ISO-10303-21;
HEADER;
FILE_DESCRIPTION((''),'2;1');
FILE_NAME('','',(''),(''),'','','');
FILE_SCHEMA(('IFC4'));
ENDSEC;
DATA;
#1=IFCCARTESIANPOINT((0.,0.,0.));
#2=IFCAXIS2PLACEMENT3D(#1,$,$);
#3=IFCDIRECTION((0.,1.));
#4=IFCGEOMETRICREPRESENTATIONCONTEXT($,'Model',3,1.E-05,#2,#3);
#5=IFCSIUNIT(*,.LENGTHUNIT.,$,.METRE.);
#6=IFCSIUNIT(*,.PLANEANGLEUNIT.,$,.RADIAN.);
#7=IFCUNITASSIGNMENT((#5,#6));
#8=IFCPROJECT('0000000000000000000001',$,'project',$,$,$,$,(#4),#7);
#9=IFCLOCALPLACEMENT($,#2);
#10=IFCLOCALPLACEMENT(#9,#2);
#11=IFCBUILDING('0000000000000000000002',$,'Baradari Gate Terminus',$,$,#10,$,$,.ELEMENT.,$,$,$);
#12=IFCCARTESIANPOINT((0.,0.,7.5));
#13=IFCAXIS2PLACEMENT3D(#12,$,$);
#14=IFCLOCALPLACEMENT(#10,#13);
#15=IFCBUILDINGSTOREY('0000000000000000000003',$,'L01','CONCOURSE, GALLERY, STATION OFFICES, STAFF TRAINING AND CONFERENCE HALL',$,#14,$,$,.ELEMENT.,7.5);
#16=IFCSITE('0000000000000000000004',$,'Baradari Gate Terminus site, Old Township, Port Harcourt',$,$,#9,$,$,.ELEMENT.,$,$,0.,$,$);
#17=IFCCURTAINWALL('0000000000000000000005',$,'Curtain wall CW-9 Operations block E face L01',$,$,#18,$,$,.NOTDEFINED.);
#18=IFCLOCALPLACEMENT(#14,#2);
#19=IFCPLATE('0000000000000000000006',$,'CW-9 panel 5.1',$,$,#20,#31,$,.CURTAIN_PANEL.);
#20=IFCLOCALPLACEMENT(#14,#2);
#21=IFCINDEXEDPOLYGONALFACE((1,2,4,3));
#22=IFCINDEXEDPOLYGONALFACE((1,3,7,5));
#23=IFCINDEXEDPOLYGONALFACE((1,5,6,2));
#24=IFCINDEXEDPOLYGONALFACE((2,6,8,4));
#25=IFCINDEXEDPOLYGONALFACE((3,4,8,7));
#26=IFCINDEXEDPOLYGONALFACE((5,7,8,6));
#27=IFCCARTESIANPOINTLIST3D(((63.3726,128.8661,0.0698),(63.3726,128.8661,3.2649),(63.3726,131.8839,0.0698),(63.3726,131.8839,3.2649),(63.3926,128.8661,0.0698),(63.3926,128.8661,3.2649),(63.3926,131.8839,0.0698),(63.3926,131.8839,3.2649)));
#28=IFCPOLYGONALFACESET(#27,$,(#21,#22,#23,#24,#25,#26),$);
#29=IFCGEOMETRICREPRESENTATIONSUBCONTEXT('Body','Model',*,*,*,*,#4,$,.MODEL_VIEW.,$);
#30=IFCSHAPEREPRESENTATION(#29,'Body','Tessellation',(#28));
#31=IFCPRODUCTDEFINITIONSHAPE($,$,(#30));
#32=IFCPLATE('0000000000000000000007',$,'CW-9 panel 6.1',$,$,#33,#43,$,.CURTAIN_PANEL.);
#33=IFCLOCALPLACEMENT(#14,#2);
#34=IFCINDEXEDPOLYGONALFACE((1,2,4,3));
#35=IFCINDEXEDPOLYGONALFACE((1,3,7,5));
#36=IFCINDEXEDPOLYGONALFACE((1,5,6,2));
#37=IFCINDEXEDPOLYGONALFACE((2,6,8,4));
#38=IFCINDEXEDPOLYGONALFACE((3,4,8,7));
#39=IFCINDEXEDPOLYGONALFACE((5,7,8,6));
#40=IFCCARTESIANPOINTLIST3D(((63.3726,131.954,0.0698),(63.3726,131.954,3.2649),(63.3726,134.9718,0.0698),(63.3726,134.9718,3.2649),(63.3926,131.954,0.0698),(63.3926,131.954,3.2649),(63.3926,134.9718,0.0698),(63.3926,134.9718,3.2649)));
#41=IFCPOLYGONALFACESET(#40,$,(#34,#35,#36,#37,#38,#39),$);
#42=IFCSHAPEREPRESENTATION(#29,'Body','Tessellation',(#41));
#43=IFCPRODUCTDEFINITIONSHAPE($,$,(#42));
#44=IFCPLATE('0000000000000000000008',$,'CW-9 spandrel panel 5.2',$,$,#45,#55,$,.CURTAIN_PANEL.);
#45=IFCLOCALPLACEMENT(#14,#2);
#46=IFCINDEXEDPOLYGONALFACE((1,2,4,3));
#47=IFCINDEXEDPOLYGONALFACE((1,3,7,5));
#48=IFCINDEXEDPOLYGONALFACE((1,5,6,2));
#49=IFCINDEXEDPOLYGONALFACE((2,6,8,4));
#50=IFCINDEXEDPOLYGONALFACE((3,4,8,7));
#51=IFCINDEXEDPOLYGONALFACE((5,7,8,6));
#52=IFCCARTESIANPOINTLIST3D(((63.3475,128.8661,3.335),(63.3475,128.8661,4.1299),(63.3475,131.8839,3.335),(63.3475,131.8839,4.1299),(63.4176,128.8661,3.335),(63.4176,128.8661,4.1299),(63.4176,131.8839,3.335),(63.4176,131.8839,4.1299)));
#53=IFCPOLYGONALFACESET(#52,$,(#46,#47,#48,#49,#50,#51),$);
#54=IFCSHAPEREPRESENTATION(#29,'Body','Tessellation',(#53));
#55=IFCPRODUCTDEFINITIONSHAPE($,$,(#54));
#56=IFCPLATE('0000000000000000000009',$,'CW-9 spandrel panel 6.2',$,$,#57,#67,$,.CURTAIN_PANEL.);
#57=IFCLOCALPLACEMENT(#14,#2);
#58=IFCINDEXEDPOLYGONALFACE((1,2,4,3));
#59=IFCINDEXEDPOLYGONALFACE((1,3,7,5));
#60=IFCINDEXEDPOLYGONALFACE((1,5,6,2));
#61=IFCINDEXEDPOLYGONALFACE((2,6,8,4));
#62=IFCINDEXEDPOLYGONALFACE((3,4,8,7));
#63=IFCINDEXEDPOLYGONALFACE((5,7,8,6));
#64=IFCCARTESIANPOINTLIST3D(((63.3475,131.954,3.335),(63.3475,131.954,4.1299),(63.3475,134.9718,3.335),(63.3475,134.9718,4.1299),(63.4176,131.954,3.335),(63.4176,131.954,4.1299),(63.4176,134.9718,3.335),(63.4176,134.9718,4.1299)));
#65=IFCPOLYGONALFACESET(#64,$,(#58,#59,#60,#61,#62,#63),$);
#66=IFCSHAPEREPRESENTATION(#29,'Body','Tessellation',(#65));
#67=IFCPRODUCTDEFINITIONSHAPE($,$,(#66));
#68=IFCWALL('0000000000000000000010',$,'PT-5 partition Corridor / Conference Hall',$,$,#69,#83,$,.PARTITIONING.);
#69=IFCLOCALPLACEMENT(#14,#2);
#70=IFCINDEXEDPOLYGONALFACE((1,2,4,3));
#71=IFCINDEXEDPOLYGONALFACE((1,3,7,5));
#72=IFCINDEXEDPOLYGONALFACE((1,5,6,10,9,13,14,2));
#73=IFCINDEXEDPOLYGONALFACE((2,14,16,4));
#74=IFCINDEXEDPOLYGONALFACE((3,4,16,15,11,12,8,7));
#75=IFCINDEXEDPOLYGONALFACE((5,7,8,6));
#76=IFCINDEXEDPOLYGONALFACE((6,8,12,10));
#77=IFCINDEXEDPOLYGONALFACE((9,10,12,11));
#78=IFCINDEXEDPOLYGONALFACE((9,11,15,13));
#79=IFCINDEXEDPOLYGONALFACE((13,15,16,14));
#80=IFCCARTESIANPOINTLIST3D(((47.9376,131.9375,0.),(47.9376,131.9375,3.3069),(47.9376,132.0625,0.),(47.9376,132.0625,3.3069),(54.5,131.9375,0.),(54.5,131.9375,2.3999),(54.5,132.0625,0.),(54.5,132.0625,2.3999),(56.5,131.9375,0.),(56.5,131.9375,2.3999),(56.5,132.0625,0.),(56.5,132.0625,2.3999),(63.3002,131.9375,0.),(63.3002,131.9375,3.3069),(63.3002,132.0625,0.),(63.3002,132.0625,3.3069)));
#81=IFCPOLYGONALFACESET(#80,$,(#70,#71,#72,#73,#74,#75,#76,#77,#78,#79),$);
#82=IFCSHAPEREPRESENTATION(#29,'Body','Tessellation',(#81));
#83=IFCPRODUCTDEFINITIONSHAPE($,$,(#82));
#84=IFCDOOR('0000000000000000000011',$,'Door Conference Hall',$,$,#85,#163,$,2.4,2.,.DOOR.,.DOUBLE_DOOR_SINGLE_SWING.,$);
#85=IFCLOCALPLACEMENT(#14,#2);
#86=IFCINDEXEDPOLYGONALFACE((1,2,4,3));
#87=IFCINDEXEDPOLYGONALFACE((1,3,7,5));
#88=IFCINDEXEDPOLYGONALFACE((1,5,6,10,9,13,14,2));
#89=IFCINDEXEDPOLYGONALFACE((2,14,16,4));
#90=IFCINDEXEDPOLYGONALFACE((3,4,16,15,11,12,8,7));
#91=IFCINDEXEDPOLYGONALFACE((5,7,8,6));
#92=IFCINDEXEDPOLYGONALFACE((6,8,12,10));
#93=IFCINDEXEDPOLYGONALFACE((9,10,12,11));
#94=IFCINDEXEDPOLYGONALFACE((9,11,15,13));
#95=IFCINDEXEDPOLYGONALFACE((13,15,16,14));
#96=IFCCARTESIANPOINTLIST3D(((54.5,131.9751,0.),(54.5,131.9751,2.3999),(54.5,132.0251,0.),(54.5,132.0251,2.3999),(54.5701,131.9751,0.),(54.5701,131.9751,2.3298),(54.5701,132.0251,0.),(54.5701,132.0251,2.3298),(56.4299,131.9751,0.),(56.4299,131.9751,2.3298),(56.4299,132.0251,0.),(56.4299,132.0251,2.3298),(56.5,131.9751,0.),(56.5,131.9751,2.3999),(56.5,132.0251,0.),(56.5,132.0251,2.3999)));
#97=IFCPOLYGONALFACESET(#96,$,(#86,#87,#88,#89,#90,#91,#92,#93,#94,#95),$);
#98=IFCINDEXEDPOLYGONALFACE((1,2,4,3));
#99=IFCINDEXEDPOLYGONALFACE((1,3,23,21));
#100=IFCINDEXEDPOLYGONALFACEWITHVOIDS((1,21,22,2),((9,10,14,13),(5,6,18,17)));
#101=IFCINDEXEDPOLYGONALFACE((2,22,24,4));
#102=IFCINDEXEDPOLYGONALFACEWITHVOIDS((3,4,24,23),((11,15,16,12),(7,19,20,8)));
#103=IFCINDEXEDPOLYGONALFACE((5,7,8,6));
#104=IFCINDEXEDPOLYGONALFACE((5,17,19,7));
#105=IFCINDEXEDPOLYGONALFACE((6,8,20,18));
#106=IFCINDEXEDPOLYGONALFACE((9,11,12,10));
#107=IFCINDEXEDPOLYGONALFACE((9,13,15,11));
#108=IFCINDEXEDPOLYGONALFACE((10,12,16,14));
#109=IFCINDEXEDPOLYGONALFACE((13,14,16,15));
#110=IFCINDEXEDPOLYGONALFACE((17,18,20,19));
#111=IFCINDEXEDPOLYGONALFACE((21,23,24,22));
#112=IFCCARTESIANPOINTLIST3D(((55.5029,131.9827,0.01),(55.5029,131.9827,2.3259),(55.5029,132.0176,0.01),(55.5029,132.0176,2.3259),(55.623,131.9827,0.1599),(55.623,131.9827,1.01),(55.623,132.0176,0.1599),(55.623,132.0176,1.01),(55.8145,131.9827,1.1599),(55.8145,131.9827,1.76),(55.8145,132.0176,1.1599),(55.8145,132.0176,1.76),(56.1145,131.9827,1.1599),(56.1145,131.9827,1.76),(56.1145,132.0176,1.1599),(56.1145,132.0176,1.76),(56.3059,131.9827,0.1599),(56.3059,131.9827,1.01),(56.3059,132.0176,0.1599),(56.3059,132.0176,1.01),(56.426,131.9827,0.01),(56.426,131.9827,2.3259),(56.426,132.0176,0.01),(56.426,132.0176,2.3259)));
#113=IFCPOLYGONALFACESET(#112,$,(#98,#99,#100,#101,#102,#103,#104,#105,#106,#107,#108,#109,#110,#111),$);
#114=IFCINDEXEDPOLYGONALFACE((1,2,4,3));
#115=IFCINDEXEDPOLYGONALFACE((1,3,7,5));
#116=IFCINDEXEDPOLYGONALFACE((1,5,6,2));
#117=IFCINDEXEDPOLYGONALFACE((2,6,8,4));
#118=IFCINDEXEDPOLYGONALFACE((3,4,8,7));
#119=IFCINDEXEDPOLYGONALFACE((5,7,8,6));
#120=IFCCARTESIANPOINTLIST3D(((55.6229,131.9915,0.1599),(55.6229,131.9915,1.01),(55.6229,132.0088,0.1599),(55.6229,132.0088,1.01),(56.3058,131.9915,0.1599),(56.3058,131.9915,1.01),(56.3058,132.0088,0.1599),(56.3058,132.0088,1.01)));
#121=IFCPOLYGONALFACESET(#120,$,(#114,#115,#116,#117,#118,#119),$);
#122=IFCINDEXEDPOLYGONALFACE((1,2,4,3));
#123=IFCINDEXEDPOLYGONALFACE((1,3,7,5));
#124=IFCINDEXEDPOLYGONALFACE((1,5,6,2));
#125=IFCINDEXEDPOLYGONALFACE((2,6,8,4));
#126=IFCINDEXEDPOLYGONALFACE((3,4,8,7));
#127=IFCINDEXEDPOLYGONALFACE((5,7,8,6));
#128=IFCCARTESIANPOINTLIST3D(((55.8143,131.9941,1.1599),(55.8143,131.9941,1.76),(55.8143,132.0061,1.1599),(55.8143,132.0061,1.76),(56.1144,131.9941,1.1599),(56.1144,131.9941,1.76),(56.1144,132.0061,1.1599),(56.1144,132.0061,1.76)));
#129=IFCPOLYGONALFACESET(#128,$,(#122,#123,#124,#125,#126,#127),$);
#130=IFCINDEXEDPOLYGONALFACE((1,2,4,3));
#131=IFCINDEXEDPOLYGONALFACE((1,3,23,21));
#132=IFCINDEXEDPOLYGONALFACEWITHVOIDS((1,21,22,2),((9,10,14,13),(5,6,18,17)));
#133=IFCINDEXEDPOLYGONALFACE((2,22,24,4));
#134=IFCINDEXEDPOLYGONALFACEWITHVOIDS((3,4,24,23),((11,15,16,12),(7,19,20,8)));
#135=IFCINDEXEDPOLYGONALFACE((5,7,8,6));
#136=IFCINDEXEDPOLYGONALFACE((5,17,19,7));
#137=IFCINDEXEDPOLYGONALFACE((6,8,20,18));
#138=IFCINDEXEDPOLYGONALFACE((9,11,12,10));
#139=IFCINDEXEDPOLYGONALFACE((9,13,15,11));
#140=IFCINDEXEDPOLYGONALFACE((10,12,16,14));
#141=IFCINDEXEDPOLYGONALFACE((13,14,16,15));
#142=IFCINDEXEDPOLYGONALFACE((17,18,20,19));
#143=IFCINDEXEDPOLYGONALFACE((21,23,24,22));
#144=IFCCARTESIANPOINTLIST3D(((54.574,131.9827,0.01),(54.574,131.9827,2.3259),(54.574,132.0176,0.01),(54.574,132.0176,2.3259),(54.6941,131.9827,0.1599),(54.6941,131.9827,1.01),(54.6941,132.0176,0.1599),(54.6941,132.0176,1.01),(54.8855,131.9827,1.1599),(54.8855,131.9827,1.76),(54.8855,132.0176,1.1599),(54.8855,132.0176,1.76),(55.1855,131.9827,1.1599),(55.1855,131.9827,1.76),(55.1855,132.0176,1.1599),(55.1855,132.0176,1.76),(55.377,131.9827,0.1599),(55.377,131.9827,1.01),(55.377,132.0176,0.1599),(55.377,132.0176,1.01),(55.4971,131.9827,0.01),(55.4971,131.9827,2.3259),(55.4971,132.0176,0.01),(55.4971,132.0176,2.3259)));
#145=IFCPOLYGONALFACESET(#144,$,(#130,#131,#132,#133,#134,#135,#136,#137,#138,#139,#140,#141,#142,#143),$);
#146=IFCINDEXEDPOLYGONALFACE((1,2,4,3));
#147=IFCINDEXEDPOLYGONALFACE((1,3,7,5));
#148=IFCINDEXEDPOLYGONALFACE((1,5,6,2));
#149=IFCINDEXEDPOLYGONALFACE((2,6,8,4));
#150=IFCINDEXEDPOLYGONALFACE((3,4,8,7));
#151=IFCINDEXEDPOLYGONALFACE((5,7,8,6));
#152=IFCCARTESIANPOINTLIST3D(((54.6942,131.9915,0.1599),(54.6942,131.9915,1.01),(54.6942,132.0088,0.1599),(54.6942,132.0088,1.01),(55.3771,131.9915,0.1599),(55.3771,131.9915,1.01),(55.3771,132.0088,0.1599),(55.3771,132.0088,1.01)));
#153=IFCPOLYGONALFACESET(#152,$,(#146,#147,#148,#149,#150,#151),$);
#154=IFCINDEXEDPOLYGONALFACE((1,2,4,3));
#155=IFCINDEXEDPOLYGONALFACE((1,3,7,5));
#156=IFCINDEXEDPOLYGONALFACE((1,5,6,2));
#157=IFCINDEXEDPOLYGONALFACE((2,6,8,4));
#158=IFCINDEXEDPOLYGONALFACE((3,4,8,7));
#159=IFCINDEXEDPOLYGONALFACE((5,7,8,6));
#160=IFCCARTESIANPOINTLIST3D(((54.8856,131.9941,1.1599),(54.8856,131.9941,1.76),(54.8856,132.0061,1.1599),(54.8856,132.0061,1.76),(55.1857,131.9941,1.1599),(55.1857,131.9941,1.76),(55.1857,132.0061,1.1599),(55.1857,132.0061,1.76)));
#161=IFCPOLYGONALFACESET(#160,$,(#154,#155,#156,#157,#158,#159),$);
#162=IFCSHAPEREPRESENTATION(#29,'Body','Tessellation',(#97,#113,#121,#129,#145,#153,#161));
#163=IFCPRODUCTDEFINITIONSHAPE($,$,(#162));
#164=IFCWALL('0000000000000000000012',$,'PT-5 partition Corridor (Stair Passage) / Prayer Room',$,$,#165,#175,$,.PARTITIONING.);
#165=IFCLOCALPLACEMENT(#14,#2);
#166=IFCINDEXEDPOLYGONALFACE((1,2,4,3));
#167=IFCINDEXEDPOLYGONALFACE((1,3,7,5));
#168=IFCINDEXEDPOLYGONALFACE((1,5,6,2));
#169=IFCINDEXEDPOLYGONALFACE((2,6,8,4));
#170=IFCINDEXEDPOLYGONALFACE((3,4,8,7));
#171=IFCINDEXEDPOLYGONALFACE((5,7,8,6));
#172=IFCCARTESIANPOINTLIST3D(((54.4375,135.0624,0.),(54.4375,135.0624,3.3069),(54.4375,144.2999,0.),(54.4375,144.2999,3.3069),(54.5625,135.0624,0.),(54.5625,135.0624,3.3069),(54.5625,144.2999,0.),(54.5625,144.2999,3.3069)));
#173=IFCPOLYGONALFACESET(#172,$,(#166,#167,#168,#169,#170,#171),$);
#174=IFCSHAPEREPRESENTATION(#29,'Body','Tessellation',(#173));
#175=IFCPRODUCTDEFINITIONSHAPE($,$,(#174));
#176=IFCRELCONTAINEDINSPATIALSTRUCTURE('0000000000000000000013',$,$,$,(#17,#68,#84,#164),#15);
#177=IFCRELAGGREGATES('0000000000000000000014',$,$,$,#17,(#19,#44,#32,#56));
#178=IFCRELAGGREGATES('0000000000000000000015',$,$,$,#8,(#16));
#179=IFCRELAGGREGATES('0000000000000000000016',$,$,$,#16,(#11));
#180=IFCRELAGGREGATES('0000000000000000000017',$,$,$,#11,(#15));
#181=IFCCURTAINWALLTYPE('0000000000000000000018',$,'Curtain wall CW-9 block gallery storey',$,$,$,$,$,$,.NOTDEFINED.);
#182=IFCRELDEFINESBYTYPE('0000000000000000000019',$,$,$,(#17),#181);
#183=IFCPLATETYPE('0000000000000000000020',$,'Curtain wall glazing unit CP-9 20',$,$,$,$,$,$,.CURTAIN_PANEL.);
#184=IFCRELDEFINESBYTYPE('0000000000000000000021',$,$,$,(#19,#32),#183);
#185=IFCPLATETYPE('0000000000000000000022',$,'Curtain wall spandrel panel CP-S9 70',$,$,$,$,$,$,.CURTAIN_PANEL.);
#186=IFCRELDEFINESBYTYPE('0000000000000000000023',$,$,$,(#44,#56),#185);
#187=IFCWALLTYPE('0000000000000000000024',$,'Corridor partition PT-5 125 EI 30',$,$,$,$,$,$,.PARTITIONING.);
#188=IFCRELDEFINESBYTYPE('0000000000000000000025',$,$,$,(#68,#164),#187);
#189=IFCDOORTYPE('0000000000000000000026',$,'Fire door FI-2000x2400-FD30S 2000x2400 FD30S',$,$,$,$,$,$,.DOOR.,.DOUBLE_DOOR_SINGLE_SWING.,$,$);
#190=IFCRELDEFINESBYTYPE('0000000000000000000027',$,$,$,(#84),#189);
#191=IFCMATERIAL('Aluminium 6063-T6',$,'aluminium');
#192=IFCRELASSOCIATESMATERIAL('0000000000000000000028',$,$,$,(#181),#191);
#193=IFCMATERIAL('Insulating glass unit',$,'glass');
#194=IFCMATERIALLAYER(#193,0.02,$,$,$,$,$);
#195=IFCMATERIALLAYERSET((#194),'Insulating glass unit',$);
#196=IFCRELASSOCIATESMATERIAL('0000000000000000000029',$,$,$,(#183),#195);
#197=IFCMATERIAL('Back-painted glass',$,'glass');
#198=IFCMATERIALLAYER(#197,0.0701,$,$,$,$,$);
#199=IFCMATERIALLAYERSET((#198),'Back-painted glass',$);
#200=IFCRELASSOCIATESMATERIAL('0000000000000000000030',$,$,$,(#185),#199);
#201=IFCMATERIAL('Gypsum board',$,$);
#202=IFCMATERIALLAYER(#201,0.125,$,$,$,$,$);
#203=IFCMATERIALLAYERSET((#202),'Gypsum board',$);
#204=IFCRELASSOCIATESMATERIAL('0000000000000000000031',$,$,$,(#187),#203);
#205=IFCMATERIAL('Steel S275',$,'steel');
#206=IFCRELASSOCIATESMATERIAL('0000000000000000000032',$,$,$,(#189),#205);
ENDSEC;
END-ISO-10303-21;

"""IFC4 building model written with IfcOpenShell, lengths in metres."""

from ifc_helpers import new_model, si_unit, direction, frame, frame_2d, origin, origin_2d, place, context, subcontext, project, spatial, polyline, rectangle, outline, extrude, material, layer, layer_set, type_object, element, fill, aggregate, save


model = new_model("IFC4")

# Units and contexts
model_context = context("Model", 3, precision=1e-05, world=origin(), true_north=direction((0.0, 1.0)))
body_context = subcontext(model_context, "Body", "Model", "MODEL_VIEW")
ifc_project = project(units=[si_unit("LENGTHUNIT", "METRE"), si_unit("PLANEANGLEUNIT", "RADIAN")], contexts=[model_context])

# Site, building, storey
site_placement = place(None, origin())
site = spatial("IfcSite", under=ifc_project, at=site_placement, Name="Baradari Gate Terminus site, Old Township, Port Harcourt", CompositionType="ELEMENT", RefElevation=0.0)
building_placement = place(site_placement, origin())
building = spatial("IfcBuilding", under=site, at=building_placement, Name="Baradari Gate Terminus", CompositionType="ELEMENT")
storey_placement = place(building_placement, frame((0.0, 0.0, 7.5)))
storey = spatial("IfcBuildingStorey", under=building, at=storey_placement, Name="L01", Description="CONCOURSE, GALLERY, STATION OFFICES, STAFF TRAINING AND CONFERENCE HALL", CompositionType="ELEMENT", Elevation=7.5)

# Curtain wall, plates
ifc_material_1 = material(Name="Aluminium 6063-T6", Category="aluminium")
curtain_wall_type = type_object("IfcCurtainWallType", Name="Curtain wall CW-9 block gallery storey", PredefinedType="NOTDEFINED", material=ifc_material_1)
curtain_wall_placement = place(storey_placement, origin())
curtain_wall = element("IfcCurtainWall", 1, at=curtain_wall_placement, inside=storey, type_object=curtain_wall_type, Name="Curtain wall CW-9 Operations block E face L01", PredefinedType="NOTDEFINED")
ifc_material_2 = material(Name="Insulating glass unit", Category="glass")
ifc_layer_1 = layer(ifc_material_2, 0.02)
ifc_layer_set_1 = layer_set([ifc_layer_1], Name="Insulating glass unit")
plate_type_1 = type_object("IfcPlateType", Name="Curtain wall glazing unit CP-9 20", PredefinedType="CURTAIN_PANEL", material=ifc_layer_set_1)
plate_1_placement = place(storey_placement, frame((63.3826, 130.375, 0.0698), z_axis=(0.0, 0.0, 1.0), x_axis=(0.0, 1.0, 0.0)))
plate_1 = element("IfcPlate", 2, at=plate_1_placement, type_object=plate_type_1, Name="CW-9 panel 5.1", PredefinedType="CURTAIN_PANEL", context=body_context, shape_type="SweptSolid", body=[
    extrude(rectangle(XDim=3.0178, YDim=0.02, at=origin_2d()), origin(), (0.0, 0.0, 1.0), 3.1951),
])
plate_2_placement = place(storey_placement, frame((63.3826, 133.4629, 0.0698), z_axis=(0.0, 0.0, 1.0), x_axis=(0.0, 1.0, 0.0)))
plate_2 = element("IfcPlate", 3, at=plate_2_placement, type_object=plate_type_1, Name="CW-9 panel 6.1", PredefinedType="CURTAIN_PANEL", context=body_context, shape_type="SweptSolid", body=[
    extrude(rectangle(XDim=3.0178, YDim=0.02, at=origin_2d()), origin(), (0.0, 0.0, 1.0), 3.1951),
])
ifc_material_3 = material(Name="Back-painted glass", Category="glass")
ifc_layer_2 = layer(ifc_material_3, 0.0701)
ifc_layer_set_2 = layer_set([ifc_layer_2], Name="Back-painted glass")
plate_type_2 = type_object("IfcPlateType", Name="Curtain wall spandrel panel CP-S9 70", PredefinedType="CURTAIN_PANEL", material=ifc_layer_set_2)
plate_3_placement = place(storey_placement, frame((63.3826, 130.375, 3.335), z_axis=(0.0, 0.0, 1.0), x_axis=(0.0, 1.0, 0.0)))
plate_3 = element("IfcPlate", 4, at=plate_3_placement, type_object=plate_type_2, Name="CW-9 spandrel panel 5.2", PredefinedType="CURTAIN_PANEL", context=body_context, shape_type="SweptSolid", body=[
    extrude(rectangle(XDim=3.0178, YDim=0.0701, at=origin_2d()), origin(), (0.0, 0.0, 1.0), 0.7949),
])
plate_4_placement = place(storey_placement, frame((63.3826, 133.4629, 3.335), z_axis=(0.0, 0.0, 1.0), x_axis=(0.0, 1.0, 0.0)))
plate_4 = element("IfcPlate", 5, at=plate_4_placement, type_object=plate_type_2, Name="CW-9 spandrel panel 6.2", PredefinedType="CURTAIN_PANEL", context=body_context, shape_type="SweptSolid", body=[
    extrude(rectangle(XDim=3.0178, YDim=0.0701, at=origin_2d()), origin(), (0.0, 0.0, 1.0), 0.7949),
])
aggregate(curtain_wall, [plate_1, plate_3, plate_2, plate_4])

# Wall, opening, door
ifc_material_4 = material(Name="Gypsum board")
ifc_layer_3 = layer(ifc_material_4, 0.125)
ifc_layer_set_3 = layer_set([ifc_layer_3], Name="Gypsum board")
wall_type = type_object("IfcWallType", Name="Corridor partition PT-5 125 EI 30", PredefinedType="PARTITIONING", material=ifc_layer_set_3)
wall_1_placement = place(storey_placement, frame((63.3, 132.0, 0.0), z_axis=(0.0, 0.0, 1.0), x_axis=(-1.0, 0.0, 0.0)))
wall_1 = element("IfcWall", 6, at=wall_1_placement, inside=storey, type_object=wall_type, Name="PT-5 partition Corridor / Conference Hall", PredefinedType="PARTITIONING", context=body_context, shape_type="SweptSolid", body=[
    extrude(rectangle(XDim=15.3625, YDim=0.125, at=frame_2d((7.6812, 0.0))), origin(), (0.0, 0.0, 1.0), 3.3069),
])
opening_placement = place(wall_1_placement, frame((6.8, 0.0, 0.0)))
opening = element("IfcOpeningElement", 7, at=opening_placement, cuts=wall_1, PredefinedType="OPENING", context=body_context, shape_type="SweptSolid", body=[
    extrude(rectangle(XDim=2.0, YDim=2.3999, at=frame_2d((1.0, 1.2))), frame((0.0, 0.0725, 0.0), z_axis=(0.0, -1.0, 0.0), x_axis=(1.0, 0.0, 0.0)), (0.0, 0.0, 1.0), 0.145),
])
ifc_material_5 = material(Name="Steel S275", Category="steel")
door_type = type_object("IfcDoorType", Name="Fire door FI-2000x2400-FD30S 2000x2400 FD30S", OperationType="DOUBLE_DOOR_SINGLE_SWING", PredefinedType="DOOR", material=ifc_material_5)
door_placement = place(opening_placement, origin())
door = element("IfcDoor", 8, at=door_placement, inside=storey, type_object=door_type, Name="Door Conference Hall", OperationType="DOUBLE_DOOR_SINGLE_SWING", OverallHeight=2.4, OverallWidth=2.0, PredefinedType="DOOR", context=body_context, shape_type="SweptSolid", body=[
    extrude(outline(polyline([(0.0, 0.0), (0.0701, 0.0), (0.0701, 2.3298), (1.9299, 2.3298), (1.9299, 0.0), (2.0, 0.0), (2.0, 2.3999), (0.0, 2.3999), (0.0, 0.0)])), frame((0.0, 0.0249, 0.0), z_axis=(0.0, -1.0, 0.0), x_axis=(1.0, 0.0, 0.0)), (0.0, 0.0, 1.0), 0.05),
    extrude(outline(polyline([(0.074, 0.01), (0.9971, 0.01), (0.9971, 2.3259), (0.074, 2.3259), (0.074, 0.01)]), holes=[polyline([(0.1941, 0.1599), (0.877, 0.1599), (0.877, 1.01), (0.1941, 1.01), (0.1941, 0.1599)]), polyline([(0.3855, 1.1599), (0.6855, 1.1599), (0.6855, 1.76), (0.3855, 1.76), (0.3855, 1.1599)])]), frame((0.0, 0.0173, 0.0), z_axis=(0.0, -1.0, 0.0), x_axis=(1.0, 0.0, 0.0)), (0.0, 0.0, 1.0), 0.0349),
    extrude(rectangle(XDim=0.6829, YDim=0.8501, at=frame_2d((0.5356, 0.585))), frame((0.0, 0.0085, 0.0), z_axis=(0.0, -1.0, 0.0), x_axis=(1.0, 0.0, 0.0)), (0.0, 0.0, 1.0), 0.0173),
    extrude(rectangle(XDim=0.3, YDim=0.6001, at=frame_2d((0.5356, 1.46))), frame((0.0, 0.0059, 0.0), z_axis=(0.0, -1.0, 0.0), x_axis=(1.0, 0.0, 0.0)), (0.0, 0.0, 1.0), 0.012),
    extrude(outline(polyline([(1.0029, 0.01), (1.926, 0.01), (1.926, 2.3259), (1.0029, 2.3259), (1.0029, 0.01)]), holes=[polyline([(1.123, 0.1599), (1.8059, 0.1599), (1.8059, 1.01), (1.123, 1.01), (1.123, 0.1599)]), polyline([(1.3145, 1.1599), (1.6145, 1.1599), (1.6145, 1.76), (1.3145, 1.76), (1.3145, 1.1599)])]), frame((0.0, 0.0173, 0.0), z_axis=(0.0, -1.0, 0.0), x_axis=(1.0, 0.0, 0.0)), (0.0, 0.0, 1.0), 0.0349),
    extrude(rectangle(XDim=0.6829, YDim=0.8501, at=frame_2d((1.4644, 0.585))), frame((0.0, 0.0085, 0.0), z_axis=(0.0, -1.0, 0.0), x_axis=(1.0, 0.0, 0.0)), (0.0, 0.0, 1.0), 0.0173),
    extrude(rectangle(XDim=0.3, YDim=0.6001, at=frame_2d((1.4644, 1.46))), frame((0.0, 0.0059, 0.0), z_axis=(0.0, -1.0, 0.0), x_axis=(1.0, 0.0, 0.0)), (0.0, 0.0, 1.0), 0.012),
])
fill(opening, door)

# Wall
wall_2_placement = place(storey_placement, frame((54.5, 135.0625, 0.0), z_axis=(0.0, 0.0, 1.0), x_axis=(0.0, 1.0, 0.0)))
element("IfcWall", 9, at=wall_2_placement, inside=storey, type_object=wall_type, Name="PT-5 partition Corridor (Stair Passage) / Prayer Room", PredefinedType="PARTITIONING", context=body_context, shape_type="SweptSolid", body=[
    extrude(rectangle(XDim=9.2375, YDim=0.125, at=frame_2d((4.6187, 0.0))), origin(), (0.0, 0.0, 1.0), 3.3069),
])

save(model, "model.ifc")
